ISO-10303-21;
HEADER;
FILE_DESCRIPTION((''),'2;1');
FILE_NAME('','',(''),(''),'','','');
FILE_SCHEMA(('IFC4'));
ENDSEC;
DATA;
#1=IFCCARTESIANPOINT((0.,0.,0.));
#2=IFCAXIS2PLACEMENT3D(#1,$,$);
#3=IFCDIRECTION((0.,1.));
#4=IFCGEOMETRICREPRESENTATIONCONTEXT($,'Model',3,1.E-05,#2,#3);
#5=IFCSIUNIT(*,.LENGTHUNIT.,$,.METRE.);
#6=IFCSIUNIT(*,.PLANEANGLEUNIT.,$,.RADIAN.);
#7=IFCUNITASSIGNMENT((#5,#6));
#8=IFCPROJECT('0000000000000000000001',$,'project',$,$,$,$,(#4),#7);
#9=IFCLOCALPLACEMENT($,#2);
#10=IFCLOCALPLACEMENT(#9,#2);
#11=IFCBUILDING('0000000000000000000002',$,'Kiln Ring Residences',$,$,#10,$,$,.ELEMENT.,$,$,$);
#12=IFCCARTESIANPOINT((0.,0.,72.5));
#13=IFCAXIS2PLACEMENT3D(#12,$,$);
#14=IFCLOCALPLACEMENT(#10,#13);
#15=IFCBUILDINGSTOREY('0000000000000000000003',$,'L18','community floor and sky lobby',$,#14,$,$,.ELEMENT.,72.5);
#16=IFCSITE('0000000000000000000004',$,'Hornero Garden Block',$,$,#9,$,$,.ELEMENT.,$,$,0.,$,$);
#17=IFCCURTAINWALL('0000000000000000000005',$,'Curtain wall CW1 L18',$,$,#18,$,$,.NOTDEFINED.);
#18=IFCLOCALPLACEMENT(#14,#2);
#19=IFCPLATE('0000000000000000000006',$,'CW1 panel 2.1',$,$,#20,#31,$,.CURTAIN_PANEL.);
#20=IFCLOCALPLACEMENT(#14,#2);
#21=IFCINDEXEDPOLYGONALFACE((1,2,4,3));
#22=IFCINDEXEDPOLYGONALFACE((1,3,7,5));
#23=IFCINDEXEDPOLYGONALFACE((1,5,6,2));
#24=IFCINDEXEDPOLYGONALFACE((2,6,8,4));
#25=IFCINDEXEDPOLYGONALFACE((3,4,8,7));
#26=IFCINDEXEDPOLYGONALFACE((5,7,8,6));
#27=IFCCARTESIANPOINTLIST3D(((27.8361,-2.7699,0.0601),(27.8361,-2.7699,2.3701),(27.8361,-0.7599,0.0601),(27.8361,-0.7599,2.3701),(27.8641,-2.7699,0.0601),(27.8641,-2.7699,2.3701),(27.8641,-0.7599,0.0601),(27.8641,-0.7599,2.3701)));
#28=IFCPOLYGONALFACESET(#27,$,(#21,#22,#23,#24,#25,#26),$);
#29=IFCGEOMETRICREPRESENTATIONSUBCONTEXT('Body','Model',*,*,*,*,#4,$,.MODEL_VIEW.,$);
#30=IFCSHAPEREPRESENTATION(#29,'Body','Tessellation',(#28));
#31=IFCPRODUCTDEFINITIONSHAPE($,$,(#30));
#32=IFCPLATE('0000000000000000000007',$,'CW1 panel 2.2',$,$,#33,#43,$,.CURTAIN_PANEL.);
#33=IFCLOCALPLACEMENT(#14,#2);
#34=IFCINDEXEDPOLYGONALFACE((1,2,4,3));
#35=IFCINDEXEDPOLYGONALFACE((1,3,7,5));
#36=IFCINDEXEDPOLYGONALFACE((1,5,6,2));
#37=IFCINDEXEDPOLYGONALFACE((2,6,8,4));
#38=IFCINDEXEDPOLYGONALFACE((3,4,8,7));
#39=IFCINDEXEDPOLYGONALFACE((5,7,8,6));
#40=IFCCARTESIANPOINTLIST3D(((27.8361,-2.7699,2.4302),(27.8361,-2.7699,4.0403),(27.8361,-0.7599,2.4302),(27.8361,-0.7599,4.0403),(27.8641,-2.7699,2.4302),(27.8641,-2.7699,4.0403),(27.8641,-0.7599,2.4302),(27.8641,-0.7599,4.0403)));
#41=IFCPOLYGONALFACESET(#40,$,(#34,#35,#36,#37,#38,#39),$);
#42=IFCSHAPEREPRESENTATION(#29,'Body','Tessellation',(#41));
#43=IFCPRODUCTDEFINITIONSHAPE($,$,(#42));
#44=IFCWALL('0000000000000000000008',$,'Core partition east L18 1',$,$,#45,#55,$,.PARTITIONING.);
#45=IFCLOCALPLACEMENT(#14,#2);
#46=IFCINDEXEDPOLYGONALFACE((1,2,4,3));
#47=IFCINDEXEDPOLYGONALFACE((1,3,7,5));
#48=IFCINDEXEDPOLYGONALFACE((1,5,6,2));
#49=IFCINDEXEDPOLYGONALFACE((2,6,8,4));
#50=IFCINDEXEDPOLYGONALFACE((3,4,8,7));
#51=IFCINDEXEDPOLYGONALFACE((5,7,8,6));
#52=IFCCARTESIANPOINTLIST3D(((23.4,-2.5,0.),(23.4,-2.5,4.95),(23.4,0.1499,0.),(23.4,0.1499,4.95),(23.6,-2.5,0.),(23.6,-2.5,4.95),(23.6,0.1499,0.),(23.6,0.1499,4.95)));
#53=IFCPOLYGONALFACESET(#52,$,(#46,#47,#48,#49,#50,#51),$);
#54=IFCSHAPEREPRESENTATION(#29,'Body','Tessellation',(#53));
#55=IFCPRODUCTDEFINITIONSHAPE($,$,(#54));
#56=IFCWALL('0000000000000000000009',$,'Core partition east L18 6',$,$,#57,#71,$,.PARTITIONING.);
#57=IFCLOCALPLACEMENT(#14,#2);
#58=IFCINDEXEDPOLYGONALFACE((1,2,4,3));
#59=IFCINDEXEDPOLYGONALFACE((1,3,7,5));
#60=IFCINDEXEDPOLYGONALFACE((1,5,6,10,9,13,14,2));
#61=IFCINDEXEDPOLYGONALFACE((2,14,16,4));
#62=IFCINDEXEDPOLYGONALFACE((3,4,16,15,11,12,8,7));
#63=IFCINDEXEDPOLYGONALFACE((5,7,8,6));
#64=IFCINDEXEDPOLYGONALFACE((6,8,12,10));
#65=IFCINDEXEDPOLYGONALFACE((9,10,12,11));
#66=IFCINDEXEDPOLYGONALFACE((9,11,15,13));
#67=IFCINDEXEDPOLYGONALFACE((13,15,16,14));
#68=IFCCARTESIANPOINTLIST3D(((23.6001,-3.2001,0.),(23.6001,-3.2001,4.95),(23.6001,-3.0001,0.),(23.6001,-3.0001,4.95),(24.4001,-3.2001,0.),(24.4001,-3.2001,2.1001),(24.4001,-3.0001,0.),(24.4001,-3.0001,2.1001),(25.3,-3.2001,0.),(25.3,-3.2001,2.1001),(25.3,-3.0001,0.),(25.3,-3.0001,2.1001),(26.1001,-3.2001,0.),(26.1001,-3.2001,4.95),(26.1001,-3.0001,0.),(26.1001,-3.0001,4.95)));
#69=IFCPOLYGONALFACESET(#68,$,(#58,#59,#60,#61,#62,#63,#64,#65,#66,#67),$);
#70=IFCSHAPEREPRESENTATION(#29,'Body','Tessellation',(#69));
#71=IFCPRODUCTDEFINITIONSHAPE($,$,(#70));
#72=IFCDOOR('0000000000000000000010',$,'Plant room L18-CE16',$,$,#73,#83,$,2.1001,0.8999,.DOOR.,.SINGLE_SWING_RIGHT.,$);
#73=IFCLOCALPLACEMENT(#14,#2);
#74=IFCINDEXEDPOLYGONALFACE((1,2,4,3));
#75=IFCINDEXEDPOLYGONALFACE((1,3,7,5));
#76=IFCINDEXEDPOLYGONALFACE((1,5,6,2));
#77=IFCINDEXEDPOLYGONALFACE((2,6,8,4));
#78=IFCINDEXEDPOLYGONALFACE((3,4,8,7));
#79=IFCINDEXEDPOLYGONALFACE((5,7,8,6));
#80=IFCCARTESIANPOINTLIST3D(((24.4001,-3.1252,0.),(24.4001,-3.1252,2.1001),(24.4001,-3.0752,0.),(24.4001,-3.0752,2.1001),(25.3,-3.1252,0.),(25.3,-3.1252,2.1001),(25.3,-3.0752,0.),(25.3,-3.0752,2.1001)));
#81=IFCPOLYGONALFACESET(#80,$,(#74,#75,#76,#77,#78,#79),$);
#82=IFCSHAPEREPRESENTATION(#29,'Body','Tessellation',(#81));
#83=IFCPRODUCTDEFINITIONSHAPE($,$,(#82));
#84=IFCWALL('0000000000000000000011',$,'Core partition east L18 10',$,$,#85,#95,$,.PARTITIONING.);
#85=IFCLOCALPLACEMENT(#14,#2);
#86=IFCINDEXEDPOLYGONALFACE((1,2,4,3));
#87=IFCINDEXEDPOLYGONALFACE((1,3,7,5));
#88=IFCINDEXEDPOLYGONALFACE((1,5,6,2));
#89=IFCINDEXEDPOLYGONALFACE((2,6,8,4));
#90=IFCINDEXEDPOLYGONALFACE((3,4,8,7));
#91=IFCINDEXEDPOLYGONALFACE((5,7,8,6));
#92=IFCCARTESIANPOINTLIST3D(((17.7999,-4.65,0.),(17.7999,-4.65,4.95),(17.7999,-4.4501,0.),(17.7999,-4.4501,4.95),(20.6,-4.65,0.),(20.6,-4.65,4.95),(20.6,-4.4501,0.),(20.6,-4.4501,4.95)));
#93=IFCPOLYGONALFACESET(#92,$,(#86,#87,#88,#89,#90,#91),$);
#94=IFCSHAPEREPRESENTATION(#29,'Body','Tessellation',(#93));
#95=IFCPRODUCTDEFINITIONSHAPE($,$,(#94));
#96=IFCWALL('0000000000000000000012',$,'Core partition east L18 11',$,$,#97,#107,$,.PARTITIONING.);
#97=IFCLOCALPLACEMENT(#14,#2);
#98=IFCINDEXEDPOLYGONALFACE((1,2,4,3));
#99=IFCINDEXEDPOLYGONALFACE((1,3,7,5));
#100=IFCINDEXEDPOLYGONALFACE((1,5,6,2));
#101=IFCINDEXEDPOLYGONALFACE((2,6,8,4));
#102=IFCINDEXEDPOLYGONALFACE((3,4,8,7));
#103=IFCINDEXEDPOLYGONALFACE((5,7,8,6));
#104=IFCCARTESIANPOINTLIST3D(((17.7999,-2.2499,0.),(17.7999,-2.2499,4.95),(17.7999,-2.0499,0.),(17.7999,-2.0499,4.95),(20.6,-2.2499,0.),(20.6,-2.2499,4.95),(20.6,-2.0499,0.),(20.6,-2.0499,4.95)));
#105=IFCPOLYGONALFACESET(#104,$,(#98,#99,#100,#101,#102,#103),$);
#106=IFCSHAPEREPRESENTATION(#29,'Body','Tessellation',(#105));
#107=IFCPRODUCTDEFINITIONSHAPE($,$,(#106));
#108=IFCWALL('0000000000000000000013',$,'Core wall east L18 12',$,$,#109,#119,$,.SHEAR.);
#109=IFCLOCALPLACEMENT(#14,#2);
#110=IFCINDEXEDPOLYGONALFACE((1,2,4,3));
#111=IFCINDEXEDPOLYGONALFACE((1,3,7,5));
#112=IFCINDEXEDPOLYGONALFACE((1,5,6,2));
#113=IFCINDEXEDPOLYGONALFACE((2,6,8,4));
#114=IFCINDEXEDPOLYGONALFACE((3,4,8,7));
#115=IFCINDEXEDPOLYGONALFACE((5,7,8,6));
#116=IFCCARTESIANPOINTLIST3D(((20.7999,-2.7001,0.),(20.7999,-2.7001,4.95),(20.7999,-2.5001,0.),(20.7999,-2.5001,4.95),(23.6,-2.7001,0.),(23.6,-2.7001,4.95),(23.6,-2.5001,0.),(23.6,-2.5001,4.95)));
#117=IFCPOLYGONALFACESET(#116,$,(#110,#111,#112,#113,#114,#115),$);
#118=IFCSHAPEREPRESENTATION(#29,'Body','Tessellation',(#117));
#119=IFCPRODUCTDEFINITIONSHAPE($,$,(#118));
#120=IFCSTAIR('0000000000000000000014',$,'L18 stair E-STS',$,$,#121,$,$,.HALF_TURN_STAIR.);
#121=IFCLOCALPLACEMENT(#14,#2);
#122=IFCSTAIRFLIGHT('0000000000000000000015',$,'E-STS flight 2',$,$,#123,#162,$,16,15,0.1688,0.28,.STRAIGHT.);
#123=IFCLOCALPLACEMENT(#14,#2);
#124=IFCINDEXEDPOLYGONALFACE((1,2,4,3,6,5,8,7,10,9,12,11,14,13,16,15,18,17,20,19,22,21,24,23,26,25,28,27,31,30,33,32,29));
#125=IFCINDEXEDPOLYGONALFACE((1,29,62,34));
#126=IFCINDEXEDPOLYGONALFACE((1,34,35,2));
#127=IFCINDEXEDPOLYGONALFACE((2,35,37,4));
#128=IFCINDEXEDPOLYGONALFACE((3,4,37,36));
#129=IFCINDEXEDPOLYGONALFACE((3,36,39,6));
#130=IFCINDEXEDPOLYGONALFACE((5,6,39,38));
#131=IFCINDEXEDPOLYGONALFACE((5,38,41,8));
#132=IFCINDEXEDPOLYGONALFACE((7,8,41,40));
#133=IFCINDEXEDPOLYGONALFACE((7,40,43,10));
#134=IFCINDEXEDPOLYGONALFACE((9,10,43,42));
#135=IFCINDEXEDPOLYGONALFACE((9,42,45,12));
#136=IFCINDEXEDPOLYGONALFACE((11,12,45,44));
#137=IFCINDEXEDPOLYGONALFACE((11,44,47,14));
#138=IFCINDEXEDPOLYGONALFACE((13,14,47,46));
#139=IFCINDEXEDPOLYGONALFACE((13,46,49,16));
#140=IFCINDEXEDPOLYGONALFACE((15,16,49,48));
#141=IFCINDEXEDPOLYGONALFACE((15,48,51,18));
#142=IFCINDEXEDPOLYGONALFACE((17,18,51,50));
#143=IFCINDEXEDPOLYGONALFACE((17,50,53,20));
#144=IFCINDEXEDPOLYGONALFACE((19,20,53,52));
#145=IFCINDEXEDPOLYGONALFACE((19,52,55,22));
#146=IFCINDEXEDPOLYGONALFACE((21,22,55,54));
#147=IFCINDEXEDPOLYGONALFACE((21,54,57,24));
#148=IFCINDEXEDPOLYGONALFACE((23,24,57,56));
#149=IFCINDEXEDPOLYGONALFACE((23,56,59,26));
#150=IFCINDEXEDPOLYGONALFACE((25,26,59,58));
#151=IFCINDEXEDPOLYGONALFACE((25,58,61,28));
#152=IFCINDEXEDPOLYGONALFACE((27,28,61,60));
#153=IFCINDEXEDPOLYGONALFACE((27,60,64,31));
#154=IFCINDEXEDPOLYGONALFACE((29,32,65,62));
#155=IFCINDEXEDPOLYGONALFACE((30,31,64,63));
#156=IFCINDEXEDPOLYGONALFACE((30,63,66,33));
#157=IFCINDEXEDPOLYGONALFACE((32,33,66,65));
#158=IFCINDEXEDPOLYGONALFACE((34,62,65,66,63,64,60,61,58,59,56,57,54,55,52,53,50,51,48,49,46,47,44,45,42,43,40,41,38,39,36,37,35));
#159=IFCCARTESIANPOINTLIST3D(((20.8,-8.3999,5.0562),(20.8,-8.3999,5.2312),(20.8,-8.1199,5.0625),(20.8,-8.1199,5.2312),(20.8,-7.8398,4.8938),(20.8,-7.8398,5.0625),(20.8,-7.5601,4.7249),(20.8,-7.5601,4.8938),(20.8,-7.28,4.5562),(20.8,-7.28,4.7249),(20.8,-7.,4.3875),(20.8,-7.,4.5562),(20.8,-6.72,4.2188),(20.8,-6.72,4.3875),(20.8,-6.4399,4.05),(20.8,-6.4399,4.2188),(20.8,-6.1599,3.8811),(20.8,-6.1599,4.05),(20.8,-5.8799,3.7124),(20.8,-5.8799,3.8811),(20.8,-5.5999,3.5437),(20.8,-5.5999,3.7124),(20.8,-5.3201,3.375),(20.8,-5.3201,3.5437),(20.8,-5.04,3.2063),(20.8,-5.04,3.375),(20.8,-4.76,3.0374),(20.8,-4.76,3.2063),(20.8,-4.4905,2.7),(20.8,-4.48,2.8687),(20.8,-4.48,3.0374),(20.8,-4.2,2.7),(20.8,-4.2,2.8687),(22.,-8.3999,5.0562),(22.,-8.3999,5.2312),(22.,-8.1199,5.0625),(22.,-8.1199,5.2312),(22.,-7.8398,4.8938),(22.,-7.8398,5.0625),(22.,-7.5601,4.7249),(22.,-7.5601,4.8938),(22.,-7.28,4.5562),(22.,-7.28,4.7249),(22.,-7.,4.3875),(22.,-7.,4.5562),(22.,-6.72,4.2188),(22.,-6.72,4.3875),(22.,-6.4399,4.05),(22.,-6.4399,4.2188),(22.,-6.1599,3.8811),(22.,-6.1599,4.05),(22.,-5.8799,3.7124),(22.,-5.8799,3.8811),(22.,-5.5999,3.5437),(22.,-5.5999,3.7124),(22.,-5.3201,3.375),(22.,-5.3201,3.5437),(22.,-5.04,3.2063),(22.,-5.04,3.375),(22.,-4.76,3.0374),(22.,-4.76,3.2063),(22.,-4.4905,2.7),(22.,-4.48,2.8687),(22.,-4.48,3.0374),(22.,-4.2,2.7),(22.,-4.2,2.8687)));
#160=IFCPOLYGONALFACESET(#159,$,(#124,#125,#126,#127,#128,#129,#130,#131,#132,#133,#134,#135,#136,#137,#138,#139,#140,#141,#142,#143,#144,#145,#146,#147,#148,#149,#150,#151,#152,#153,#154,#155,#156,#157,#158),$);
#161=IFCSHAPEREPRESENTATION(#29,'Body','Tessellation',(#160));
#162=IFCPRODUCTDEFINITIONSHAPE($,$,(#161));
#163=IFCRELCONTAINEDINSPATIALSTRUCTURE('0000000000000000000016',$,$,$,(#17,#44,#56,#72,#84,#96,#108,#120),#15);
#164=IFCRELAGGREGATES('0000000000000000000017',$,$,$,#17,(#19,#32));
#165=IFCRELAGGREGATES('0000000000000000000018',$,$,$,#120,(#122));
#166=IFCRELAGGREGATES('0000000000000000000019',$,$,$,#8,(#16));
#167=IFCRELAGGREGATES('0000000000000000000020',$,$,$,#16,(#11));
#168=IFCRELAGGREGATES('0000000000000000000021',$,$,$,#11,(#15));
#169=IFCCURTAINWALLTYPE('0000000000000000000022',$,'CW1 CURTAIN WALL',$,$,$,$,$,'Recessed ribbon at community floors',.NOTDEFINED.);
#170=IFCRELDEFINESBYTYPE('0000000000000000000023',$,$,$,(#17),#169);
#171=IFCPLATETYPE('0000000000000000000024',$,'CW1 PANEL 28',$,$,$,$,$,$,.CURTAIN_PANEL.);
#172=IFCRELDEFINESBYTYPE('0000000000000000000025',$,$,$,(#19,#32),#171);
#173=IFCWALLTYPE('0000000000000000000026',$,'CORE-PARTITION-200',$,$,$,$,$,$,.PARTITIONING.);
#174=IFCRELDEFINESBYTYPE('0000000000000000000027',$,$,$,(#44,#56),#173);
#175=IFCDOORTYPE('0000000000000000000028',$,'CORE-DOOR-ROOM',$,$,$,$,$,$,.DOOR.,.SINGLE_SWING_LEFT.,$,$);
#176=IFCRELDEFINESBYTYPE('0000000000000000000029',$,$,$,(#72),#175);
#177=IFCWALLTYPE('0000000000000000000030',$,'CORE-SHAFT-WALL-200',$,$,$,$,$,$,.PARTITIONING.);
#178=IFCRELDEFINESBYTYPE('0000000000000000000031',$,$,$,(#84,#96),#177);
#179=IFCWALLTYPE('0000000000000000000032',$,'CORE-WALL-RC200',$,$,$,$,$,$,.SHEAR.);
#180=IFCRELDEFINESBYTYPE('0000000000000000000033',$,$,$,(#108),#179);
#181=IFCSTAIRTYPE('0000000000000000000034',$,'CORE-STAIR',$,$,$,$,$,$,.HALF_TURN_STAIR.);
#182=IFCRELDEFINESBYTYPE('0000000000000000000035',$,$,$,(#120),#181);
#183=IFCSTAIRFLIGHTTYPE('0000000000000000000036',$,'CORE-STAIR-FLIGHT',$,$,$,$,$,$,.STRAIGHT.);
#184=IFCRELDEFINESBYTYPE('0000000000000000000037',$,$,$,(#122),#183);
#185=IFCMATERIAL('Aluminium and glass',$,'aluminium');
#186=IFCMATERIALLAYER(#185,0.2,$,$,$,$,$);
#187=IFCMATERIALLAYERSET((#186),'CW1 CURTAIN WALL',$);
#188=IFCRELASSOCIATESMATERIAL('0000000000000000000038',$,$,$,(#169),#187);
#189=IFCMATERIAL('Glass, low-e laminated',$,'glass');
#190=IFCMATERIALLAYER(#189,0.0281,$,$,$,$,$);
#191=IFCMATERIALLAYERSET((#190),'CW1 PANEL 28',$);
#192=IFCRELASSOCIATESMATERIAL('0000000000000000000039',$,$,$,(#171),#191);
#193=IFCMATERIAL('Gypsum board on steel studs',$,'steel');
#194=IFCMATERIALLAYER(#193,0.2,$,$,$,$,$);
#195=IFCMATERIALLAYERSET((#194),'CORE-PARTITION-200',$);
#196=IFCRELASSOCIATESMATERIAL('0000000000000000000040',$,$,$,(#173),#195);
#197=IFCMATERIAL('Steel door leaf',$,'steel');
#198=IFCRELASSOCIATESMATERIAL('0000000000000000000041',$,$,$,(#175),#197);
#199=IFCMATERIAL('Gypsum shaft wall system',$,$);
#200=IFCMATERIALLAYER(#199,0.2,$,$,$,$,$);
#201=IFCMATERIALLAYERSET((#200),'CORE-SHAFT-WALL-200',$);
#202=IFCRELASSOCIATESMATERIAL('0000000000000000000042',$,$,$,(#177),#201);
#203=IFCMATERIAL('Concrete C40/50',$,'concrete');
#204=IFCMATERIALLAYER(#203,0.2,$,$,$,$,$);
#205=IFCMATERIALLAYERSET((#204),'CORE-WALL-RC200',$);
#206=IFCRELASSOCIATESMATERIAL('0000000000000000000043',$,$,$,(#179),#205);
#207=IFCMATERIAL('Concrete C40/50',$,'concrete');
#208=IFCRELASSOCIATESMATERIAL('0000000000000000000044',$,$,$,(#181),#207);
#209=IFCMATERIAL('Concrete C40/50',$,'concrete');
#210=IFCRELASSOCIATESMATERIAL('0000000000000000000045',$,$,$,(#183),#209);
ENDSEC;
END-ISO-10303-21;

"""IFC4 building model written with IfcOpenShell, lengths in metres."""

from ifc_helpers import new_model, si_unit, direction, frame, frame_2d, origin, origin_2d, place, context, subcontext, project, spatial, polyline, rectangle, outline, extrude, material, layer, layer_set, type_object, element, fill, aggregate, save


model = new_model("IFC4")

# Units and contexts
model_context = context("Model", 3, precision=1e-05, world=origin(), true_north=direction((0.0, 1.0)))
body_context = subcontext(model_context, "Body", "Model", "MODEL_VIEW")
ifc_project = project(units=[si_unit("LENGTHUNIT", "METRE"), si_unit("PLANEANGLEUNIT", "RADIAN")], contexts=[model_context])

# Site, building, storey
site_placement = place(None, origin())
site = spatial("IfcSite", under=ifc_project, at=site_placement, Name="Hornero Garden Block", CompositionType="ELEMENT", RefElevation=0.0)
building_placement = place(site_placement, origin())
building = spatial("IfcBuilding", under=site, at=building_placement, Name="Kiln Ring Residences", CompositionType="ELEMENT")
storey_placement = place(building_placement, frame((0.0, 0.0, 72.5)))
storey = spatial("IfcBuildingStorey", under=building, at=storey_placement, Name="L18", Description="community floor and sky lobby", CompositionType="ELEMENT", Elevation=72.5)

# Shared definitions
ifc_material_1 = material(Name="Aluminium and glass", Category="aluminium")
ifc_layer_1 = layer(ifc_material_1, 0.2)
ifc_layer_set_1 = layer_set([ifc_layer_1], Name="CW1 CURTAIN WALL")
curtain_wall_type = type_object("IfcCurtainWallType", Name="CW1 CURTAIN WALL", ElementType="Recessed ribbon at community floors", PredefinedType="NOTDEFINED", material=ifc_layer_set_1)
placement = place(storey_placement, origin())

# Curtain wall
curtain_wall_1 = element("IfcCurtainWall", 1, at=placement, inside=storey, type_object=curtain_wall_type, Name="Curtain wall CW1 L18", PredefinedType="NOTDEFINED")

# Plates
ifc_material_2 = material(Name="Glass, low-e laminated", Category="glass")
ifc_layer_2 = layer(ifc_material_2, 0.0281)
ifc_layer_set_2 = layer_set([ifc_layer_2], Name="CW1 PANEL 28")
plate_type = type_object("IfcPlateType", Name="CW1 PANEL 28", PredefinedType="CURTAIN_PANEL", material=ifc_layer_set_2)
plate_1_placement = place(storey_placement, frame((27.8501, -1.7649, 0.0601), z_axis=(0.0, 0.0, 1.0), x_axis=(0.0, 1.0, 0.0)))
plate_1 = element("IfcPlate", 2, at=plate_1_placement, type_object=plate_type, Name="CW1 panel 2.1", PredefinedType="CURTAIN_PANEL", context=body_context, shape_type="SweptSolid", body=[
    extrude(rectangle(XDim=2.01, YDim=0.0281, at=origin_2d()), origin(), (0.0, 0.0, 1.0), 2.3101),
])
plate_2_placement = place(storey_placement, frame((27.8501, -1.7649, 2.4302), z_axis=(0.0, 0.0, 1.0), x_axis=(0.0, 1.0, 0.0)))
plate_2 = element("IfcPlate", 3, at=plate_2_placement, type_object=plate_type, Name="CW1 panel 2.2", PredefinedType="CURTAIN_PANEL", context=body_context, shape_type="SweptSolid", body=[
    extrude(rectangle(XDim=2.01, YDim=0.0281, at=origin_2d()), origin(), (0.0, 0.0, 1.0), 1.6101),
])
aggregate(curtain_wall_1, [plate_1, plate_2])

# Wall
ifc_material_3 = material(Name="Gypsum board on steel studs", Category="steel")
ifc_layer_3 = layer(ifc_material_3, 0.2)
ifc_layer_set_3 = layer_set([ifc_layer_3], Name="CORE-PARTITION-200")
wall_type_1 = type_object("IfcWallType", Name="CORE-PARTITION-200", PredefinedType="PARTITIONING", material=ifc_layer_set_3)
wall_1_placement = place(storey_placement, frame((23.5, -2.5, 0.0), z_axis=(0.0, 0.0, 1.0), x_axis=(0.0, 1.0, 0.0)))
element("IfcWall", 4, at=wall_1_placement, inside=storey, type_object=wall_type_1, Name="Core partition east L18 1", PredefinedType="PARTITIONING", context=body_context, shape_type="SweptSolid", body=[
    extrude(rectangle(XDim=2.6499, YDim=0.2, at=frame_2d((1.325, 0.0))), origin(), (0.0, 0.0, 1.0), 4.95),
])

# Wall, opening, door
wall_2_placement = place(storey_placement, frame((23.6001, -3.1001, 0.0), z_axis=(0.0, 0.0, 1.0), x_axis=(1.0, 0.0, 0.0)))
wall_2 = element("IfcWall", 5, at=wall_2_placement, inside=storey, type_object=wall_type_1, Name="Core partition east L18 6", PredefinedType="PARTITIONING", context=body_context, shape_type="SweptSolid", body=[
    extrude(rectangle(XDim=2.5, YDim=0.2, at=frame_2d((1.25, 0.0))), origin(), (0.0, 0.0, 1.0), 4.95),
])
opening_placement = place(wall_2_placement, frame((0.8, 0.0, 0.0)))
opening = element("IfcOpeningElement", 6, at=opening_placement, cuts=wall_2, PredefinedType="OPENING", context=body_context, shape_type="SweptSolid", body=[
    extrude(rectangle(XDim=0.8999, YDim=2.1001, at=frame_2d((0.45, 1.05))), frame((0.0, 0.1099, 0.0), z_axis=(0.0, -1.0, 0.0), x_axis=(1.0, 0.0, 0.0)), (0.0, 0.0, 1.0), 0.22),
])
ifc_material_4 = material(Name="Steel door leaf", Category="steel")
door_type = type_object("IfcDoorType", Name="CORE-DOOR-ROOM", OperationType="SINGLE_SWING_LEFT", PredefinedType="DOOR", material=ifc_material_4)
door_placement = place(opening_placement, origin())
door = element("IfcDoor", 7, at=door_placement, inside=storey, type_object=door_type, Name="Plant room L18-CE16", OperationType="SINGLE_SWING_RIGHT", OverallHeight=2.1001, OverallWidth=0.8999, PredefinedType="DOOR", context=body_context, shape_type="SweptSolid", body=[
    extrude(rectangle(XDim=0.8999, YDim=2.1001, at=frame_2d((0.45, 1.05))), frame((0.0, 0.0249, 0.0), z_axis=(0.0, -1.0, 0.0), x_axis=(1.0, 0.0, 0.0)), (0.0, 0.0, 1.0), 0.05),
])
fill(opening, door)

# Walls
ifc_material_5 = material(Name="Gypsum shaft wall system")
ifc_layer_4 = layer(ifc_material_5, 0.2)
ifc_layer_set_4 = layer_set([ifc_layer_4], Name="CORE-SHAFT-WALL-200")
wall_type_2 = type_object("IfcWallType", Name="CORE-SHAFT-WALL-200", PredefinedType="PARTITIONING", material=ifc_layer_set_4)
for number, where, z_axis, x_axis, name in (
    (8, (17.8, -4.55, 0.0), (0.0, 0.0, 1.0), (1.0, 0.0, 0.0), "Core partition east L18 10"),
    (9, (17.8, -2.1499, 0.0), (0.0, 0.0, 1.0), (1.0, 0.0, 0.0), "Core partition east L18 11"),
):
    element("IfcWall", number, at=place(storey_placement, frame(where, z_axis=z_axis, x_axis=x_axis)), inside=storey, type_object=wall_type_2, Name=name, PredefinedType="PARTITIONING", context=body_context, shape_type="SweptSolid", body=[
        extrude(rectangle(XDim=2.8, YDim=0.2, at=frame_2d((1.3999, 0.0))), origin(), (0.0, 0.0, 1.0), 4.95),
    ])
ifc_material_6 = material(Name="Concrete C40/50", Category="concrete")
ifc_layer_5 = layer(ifc_material_6, 0.2)
ifc_layer_set_5 = layer_set([ifc_layer_5], Name="CORE-WALL-RC200")
wall_type_3 = type_object("IfcWallType", Name="CORE-WALL-RC200", PredefinedType="SHEAR", material=ifc_layer_set_5)
wall_3_placement = place(storey_placement, frame((20.8, -2.6001, 0.0), z_axis=(0.0, 0.0, 1.0), x_axis=(1.0, 0.0, 0.0)))
element("IfcWall", 10, at=wall_3_placement, inside=storey, type_object=wall_type_3, Name="Core wall east L18 12", PredefinedType="SHEAR", context=body_context, shape_type="SweptSolid", body=[
    extrude(rectangle(XDim=2.8, YDim=0.2, at=frame_2d((1.3999, 0.0))), origin(), (0.0, 0.0, 1.0), 4.95),
])

# Stair, stair flight
ifc_material_7 = material(Name="Concrete C40/50", Category="concrete")
stair_type = type_object("IfcStairType", Name="CORE-STAIR", PredefinedType="HALF_TURN_STAIR", material=ifc_material_7)
stair = element("IfcStair", 11, at=placement, inside=storey, type_object=stair_type, Name="L18 stair E-STS", PredefinedType="HALF_TURN_STAIR")
ifc_material_8 = material(Name="Concrete C40/50", Category="concrete")
stair_flight_type = type_object("IfcStairFlightType", Name="CORE-STAIR-FLIGHT", PredefinedType="STRAIGHT", material=ifc_material_8)
stair_flight_placement = place(storey_placement, frame((21.3999, -4.2, 2.7), z_axis=(0.0, 0.0, 1.0), x_axis=(0.0, -1.0, 0.0)))
stair_flight = element("IfcStairFlight", 12, at=stair_flight_placement, type_object=stair_flight_type, Name="E-STS flight 2", NumberOfRisers=16, NumberOfTreads=15, PredefinedType="STRAIGHT", RiserHeight=0.1688, TreadLength=0.28, context=body_context, shape_type="SweptSolid", body=[
    extrude(outline(polyline([(0.0, 0.0), (0.0, 0.1687), (0.28, 0.1687), (0.28, 0.3374), (0.5601, 0.3374), (0.5601, 0.5063), (0.8401, 0.5063), (0.8401, 0.675), (1.1201, 0.675), (1.1201, 0.8438), (1.3999, 0.8438), (1.3999, 1.0125), (1.6799, 1.0125), (1.6799, 1.1812), (1.96, 1.1812), (1.96, 1.3501), (2.24, 1.3501), (2.24, 1.5188), (2.52, 1.5188), (2.52, 1.6875), (2.8, 1.6875), (2.8, 1.8562), (3.0801, 1.8562), (3.0801, 2.0249), (3.3601, 2.0249), (3.3601, 2.1938), (3.6399, 2.1938), (3.6399, 2.3625), (3.9199, 2.3625), (3.9199, 2.5312), (4.2, 2.5312), (4.2, 2.7), (4.2, 2.3562), (0.2905, 0.0), (0.0, 0.0)])), frame((0.0, 0.6001, 0.0), z_axis=(0.0, -1.0, 0.0), x_axis=(1.0, 0.0, 0.0)), (0.0, 0.0, 1.0), 1.2),
])
aggregate(stair, [stair_flight])

save(model, "model.ifc")
